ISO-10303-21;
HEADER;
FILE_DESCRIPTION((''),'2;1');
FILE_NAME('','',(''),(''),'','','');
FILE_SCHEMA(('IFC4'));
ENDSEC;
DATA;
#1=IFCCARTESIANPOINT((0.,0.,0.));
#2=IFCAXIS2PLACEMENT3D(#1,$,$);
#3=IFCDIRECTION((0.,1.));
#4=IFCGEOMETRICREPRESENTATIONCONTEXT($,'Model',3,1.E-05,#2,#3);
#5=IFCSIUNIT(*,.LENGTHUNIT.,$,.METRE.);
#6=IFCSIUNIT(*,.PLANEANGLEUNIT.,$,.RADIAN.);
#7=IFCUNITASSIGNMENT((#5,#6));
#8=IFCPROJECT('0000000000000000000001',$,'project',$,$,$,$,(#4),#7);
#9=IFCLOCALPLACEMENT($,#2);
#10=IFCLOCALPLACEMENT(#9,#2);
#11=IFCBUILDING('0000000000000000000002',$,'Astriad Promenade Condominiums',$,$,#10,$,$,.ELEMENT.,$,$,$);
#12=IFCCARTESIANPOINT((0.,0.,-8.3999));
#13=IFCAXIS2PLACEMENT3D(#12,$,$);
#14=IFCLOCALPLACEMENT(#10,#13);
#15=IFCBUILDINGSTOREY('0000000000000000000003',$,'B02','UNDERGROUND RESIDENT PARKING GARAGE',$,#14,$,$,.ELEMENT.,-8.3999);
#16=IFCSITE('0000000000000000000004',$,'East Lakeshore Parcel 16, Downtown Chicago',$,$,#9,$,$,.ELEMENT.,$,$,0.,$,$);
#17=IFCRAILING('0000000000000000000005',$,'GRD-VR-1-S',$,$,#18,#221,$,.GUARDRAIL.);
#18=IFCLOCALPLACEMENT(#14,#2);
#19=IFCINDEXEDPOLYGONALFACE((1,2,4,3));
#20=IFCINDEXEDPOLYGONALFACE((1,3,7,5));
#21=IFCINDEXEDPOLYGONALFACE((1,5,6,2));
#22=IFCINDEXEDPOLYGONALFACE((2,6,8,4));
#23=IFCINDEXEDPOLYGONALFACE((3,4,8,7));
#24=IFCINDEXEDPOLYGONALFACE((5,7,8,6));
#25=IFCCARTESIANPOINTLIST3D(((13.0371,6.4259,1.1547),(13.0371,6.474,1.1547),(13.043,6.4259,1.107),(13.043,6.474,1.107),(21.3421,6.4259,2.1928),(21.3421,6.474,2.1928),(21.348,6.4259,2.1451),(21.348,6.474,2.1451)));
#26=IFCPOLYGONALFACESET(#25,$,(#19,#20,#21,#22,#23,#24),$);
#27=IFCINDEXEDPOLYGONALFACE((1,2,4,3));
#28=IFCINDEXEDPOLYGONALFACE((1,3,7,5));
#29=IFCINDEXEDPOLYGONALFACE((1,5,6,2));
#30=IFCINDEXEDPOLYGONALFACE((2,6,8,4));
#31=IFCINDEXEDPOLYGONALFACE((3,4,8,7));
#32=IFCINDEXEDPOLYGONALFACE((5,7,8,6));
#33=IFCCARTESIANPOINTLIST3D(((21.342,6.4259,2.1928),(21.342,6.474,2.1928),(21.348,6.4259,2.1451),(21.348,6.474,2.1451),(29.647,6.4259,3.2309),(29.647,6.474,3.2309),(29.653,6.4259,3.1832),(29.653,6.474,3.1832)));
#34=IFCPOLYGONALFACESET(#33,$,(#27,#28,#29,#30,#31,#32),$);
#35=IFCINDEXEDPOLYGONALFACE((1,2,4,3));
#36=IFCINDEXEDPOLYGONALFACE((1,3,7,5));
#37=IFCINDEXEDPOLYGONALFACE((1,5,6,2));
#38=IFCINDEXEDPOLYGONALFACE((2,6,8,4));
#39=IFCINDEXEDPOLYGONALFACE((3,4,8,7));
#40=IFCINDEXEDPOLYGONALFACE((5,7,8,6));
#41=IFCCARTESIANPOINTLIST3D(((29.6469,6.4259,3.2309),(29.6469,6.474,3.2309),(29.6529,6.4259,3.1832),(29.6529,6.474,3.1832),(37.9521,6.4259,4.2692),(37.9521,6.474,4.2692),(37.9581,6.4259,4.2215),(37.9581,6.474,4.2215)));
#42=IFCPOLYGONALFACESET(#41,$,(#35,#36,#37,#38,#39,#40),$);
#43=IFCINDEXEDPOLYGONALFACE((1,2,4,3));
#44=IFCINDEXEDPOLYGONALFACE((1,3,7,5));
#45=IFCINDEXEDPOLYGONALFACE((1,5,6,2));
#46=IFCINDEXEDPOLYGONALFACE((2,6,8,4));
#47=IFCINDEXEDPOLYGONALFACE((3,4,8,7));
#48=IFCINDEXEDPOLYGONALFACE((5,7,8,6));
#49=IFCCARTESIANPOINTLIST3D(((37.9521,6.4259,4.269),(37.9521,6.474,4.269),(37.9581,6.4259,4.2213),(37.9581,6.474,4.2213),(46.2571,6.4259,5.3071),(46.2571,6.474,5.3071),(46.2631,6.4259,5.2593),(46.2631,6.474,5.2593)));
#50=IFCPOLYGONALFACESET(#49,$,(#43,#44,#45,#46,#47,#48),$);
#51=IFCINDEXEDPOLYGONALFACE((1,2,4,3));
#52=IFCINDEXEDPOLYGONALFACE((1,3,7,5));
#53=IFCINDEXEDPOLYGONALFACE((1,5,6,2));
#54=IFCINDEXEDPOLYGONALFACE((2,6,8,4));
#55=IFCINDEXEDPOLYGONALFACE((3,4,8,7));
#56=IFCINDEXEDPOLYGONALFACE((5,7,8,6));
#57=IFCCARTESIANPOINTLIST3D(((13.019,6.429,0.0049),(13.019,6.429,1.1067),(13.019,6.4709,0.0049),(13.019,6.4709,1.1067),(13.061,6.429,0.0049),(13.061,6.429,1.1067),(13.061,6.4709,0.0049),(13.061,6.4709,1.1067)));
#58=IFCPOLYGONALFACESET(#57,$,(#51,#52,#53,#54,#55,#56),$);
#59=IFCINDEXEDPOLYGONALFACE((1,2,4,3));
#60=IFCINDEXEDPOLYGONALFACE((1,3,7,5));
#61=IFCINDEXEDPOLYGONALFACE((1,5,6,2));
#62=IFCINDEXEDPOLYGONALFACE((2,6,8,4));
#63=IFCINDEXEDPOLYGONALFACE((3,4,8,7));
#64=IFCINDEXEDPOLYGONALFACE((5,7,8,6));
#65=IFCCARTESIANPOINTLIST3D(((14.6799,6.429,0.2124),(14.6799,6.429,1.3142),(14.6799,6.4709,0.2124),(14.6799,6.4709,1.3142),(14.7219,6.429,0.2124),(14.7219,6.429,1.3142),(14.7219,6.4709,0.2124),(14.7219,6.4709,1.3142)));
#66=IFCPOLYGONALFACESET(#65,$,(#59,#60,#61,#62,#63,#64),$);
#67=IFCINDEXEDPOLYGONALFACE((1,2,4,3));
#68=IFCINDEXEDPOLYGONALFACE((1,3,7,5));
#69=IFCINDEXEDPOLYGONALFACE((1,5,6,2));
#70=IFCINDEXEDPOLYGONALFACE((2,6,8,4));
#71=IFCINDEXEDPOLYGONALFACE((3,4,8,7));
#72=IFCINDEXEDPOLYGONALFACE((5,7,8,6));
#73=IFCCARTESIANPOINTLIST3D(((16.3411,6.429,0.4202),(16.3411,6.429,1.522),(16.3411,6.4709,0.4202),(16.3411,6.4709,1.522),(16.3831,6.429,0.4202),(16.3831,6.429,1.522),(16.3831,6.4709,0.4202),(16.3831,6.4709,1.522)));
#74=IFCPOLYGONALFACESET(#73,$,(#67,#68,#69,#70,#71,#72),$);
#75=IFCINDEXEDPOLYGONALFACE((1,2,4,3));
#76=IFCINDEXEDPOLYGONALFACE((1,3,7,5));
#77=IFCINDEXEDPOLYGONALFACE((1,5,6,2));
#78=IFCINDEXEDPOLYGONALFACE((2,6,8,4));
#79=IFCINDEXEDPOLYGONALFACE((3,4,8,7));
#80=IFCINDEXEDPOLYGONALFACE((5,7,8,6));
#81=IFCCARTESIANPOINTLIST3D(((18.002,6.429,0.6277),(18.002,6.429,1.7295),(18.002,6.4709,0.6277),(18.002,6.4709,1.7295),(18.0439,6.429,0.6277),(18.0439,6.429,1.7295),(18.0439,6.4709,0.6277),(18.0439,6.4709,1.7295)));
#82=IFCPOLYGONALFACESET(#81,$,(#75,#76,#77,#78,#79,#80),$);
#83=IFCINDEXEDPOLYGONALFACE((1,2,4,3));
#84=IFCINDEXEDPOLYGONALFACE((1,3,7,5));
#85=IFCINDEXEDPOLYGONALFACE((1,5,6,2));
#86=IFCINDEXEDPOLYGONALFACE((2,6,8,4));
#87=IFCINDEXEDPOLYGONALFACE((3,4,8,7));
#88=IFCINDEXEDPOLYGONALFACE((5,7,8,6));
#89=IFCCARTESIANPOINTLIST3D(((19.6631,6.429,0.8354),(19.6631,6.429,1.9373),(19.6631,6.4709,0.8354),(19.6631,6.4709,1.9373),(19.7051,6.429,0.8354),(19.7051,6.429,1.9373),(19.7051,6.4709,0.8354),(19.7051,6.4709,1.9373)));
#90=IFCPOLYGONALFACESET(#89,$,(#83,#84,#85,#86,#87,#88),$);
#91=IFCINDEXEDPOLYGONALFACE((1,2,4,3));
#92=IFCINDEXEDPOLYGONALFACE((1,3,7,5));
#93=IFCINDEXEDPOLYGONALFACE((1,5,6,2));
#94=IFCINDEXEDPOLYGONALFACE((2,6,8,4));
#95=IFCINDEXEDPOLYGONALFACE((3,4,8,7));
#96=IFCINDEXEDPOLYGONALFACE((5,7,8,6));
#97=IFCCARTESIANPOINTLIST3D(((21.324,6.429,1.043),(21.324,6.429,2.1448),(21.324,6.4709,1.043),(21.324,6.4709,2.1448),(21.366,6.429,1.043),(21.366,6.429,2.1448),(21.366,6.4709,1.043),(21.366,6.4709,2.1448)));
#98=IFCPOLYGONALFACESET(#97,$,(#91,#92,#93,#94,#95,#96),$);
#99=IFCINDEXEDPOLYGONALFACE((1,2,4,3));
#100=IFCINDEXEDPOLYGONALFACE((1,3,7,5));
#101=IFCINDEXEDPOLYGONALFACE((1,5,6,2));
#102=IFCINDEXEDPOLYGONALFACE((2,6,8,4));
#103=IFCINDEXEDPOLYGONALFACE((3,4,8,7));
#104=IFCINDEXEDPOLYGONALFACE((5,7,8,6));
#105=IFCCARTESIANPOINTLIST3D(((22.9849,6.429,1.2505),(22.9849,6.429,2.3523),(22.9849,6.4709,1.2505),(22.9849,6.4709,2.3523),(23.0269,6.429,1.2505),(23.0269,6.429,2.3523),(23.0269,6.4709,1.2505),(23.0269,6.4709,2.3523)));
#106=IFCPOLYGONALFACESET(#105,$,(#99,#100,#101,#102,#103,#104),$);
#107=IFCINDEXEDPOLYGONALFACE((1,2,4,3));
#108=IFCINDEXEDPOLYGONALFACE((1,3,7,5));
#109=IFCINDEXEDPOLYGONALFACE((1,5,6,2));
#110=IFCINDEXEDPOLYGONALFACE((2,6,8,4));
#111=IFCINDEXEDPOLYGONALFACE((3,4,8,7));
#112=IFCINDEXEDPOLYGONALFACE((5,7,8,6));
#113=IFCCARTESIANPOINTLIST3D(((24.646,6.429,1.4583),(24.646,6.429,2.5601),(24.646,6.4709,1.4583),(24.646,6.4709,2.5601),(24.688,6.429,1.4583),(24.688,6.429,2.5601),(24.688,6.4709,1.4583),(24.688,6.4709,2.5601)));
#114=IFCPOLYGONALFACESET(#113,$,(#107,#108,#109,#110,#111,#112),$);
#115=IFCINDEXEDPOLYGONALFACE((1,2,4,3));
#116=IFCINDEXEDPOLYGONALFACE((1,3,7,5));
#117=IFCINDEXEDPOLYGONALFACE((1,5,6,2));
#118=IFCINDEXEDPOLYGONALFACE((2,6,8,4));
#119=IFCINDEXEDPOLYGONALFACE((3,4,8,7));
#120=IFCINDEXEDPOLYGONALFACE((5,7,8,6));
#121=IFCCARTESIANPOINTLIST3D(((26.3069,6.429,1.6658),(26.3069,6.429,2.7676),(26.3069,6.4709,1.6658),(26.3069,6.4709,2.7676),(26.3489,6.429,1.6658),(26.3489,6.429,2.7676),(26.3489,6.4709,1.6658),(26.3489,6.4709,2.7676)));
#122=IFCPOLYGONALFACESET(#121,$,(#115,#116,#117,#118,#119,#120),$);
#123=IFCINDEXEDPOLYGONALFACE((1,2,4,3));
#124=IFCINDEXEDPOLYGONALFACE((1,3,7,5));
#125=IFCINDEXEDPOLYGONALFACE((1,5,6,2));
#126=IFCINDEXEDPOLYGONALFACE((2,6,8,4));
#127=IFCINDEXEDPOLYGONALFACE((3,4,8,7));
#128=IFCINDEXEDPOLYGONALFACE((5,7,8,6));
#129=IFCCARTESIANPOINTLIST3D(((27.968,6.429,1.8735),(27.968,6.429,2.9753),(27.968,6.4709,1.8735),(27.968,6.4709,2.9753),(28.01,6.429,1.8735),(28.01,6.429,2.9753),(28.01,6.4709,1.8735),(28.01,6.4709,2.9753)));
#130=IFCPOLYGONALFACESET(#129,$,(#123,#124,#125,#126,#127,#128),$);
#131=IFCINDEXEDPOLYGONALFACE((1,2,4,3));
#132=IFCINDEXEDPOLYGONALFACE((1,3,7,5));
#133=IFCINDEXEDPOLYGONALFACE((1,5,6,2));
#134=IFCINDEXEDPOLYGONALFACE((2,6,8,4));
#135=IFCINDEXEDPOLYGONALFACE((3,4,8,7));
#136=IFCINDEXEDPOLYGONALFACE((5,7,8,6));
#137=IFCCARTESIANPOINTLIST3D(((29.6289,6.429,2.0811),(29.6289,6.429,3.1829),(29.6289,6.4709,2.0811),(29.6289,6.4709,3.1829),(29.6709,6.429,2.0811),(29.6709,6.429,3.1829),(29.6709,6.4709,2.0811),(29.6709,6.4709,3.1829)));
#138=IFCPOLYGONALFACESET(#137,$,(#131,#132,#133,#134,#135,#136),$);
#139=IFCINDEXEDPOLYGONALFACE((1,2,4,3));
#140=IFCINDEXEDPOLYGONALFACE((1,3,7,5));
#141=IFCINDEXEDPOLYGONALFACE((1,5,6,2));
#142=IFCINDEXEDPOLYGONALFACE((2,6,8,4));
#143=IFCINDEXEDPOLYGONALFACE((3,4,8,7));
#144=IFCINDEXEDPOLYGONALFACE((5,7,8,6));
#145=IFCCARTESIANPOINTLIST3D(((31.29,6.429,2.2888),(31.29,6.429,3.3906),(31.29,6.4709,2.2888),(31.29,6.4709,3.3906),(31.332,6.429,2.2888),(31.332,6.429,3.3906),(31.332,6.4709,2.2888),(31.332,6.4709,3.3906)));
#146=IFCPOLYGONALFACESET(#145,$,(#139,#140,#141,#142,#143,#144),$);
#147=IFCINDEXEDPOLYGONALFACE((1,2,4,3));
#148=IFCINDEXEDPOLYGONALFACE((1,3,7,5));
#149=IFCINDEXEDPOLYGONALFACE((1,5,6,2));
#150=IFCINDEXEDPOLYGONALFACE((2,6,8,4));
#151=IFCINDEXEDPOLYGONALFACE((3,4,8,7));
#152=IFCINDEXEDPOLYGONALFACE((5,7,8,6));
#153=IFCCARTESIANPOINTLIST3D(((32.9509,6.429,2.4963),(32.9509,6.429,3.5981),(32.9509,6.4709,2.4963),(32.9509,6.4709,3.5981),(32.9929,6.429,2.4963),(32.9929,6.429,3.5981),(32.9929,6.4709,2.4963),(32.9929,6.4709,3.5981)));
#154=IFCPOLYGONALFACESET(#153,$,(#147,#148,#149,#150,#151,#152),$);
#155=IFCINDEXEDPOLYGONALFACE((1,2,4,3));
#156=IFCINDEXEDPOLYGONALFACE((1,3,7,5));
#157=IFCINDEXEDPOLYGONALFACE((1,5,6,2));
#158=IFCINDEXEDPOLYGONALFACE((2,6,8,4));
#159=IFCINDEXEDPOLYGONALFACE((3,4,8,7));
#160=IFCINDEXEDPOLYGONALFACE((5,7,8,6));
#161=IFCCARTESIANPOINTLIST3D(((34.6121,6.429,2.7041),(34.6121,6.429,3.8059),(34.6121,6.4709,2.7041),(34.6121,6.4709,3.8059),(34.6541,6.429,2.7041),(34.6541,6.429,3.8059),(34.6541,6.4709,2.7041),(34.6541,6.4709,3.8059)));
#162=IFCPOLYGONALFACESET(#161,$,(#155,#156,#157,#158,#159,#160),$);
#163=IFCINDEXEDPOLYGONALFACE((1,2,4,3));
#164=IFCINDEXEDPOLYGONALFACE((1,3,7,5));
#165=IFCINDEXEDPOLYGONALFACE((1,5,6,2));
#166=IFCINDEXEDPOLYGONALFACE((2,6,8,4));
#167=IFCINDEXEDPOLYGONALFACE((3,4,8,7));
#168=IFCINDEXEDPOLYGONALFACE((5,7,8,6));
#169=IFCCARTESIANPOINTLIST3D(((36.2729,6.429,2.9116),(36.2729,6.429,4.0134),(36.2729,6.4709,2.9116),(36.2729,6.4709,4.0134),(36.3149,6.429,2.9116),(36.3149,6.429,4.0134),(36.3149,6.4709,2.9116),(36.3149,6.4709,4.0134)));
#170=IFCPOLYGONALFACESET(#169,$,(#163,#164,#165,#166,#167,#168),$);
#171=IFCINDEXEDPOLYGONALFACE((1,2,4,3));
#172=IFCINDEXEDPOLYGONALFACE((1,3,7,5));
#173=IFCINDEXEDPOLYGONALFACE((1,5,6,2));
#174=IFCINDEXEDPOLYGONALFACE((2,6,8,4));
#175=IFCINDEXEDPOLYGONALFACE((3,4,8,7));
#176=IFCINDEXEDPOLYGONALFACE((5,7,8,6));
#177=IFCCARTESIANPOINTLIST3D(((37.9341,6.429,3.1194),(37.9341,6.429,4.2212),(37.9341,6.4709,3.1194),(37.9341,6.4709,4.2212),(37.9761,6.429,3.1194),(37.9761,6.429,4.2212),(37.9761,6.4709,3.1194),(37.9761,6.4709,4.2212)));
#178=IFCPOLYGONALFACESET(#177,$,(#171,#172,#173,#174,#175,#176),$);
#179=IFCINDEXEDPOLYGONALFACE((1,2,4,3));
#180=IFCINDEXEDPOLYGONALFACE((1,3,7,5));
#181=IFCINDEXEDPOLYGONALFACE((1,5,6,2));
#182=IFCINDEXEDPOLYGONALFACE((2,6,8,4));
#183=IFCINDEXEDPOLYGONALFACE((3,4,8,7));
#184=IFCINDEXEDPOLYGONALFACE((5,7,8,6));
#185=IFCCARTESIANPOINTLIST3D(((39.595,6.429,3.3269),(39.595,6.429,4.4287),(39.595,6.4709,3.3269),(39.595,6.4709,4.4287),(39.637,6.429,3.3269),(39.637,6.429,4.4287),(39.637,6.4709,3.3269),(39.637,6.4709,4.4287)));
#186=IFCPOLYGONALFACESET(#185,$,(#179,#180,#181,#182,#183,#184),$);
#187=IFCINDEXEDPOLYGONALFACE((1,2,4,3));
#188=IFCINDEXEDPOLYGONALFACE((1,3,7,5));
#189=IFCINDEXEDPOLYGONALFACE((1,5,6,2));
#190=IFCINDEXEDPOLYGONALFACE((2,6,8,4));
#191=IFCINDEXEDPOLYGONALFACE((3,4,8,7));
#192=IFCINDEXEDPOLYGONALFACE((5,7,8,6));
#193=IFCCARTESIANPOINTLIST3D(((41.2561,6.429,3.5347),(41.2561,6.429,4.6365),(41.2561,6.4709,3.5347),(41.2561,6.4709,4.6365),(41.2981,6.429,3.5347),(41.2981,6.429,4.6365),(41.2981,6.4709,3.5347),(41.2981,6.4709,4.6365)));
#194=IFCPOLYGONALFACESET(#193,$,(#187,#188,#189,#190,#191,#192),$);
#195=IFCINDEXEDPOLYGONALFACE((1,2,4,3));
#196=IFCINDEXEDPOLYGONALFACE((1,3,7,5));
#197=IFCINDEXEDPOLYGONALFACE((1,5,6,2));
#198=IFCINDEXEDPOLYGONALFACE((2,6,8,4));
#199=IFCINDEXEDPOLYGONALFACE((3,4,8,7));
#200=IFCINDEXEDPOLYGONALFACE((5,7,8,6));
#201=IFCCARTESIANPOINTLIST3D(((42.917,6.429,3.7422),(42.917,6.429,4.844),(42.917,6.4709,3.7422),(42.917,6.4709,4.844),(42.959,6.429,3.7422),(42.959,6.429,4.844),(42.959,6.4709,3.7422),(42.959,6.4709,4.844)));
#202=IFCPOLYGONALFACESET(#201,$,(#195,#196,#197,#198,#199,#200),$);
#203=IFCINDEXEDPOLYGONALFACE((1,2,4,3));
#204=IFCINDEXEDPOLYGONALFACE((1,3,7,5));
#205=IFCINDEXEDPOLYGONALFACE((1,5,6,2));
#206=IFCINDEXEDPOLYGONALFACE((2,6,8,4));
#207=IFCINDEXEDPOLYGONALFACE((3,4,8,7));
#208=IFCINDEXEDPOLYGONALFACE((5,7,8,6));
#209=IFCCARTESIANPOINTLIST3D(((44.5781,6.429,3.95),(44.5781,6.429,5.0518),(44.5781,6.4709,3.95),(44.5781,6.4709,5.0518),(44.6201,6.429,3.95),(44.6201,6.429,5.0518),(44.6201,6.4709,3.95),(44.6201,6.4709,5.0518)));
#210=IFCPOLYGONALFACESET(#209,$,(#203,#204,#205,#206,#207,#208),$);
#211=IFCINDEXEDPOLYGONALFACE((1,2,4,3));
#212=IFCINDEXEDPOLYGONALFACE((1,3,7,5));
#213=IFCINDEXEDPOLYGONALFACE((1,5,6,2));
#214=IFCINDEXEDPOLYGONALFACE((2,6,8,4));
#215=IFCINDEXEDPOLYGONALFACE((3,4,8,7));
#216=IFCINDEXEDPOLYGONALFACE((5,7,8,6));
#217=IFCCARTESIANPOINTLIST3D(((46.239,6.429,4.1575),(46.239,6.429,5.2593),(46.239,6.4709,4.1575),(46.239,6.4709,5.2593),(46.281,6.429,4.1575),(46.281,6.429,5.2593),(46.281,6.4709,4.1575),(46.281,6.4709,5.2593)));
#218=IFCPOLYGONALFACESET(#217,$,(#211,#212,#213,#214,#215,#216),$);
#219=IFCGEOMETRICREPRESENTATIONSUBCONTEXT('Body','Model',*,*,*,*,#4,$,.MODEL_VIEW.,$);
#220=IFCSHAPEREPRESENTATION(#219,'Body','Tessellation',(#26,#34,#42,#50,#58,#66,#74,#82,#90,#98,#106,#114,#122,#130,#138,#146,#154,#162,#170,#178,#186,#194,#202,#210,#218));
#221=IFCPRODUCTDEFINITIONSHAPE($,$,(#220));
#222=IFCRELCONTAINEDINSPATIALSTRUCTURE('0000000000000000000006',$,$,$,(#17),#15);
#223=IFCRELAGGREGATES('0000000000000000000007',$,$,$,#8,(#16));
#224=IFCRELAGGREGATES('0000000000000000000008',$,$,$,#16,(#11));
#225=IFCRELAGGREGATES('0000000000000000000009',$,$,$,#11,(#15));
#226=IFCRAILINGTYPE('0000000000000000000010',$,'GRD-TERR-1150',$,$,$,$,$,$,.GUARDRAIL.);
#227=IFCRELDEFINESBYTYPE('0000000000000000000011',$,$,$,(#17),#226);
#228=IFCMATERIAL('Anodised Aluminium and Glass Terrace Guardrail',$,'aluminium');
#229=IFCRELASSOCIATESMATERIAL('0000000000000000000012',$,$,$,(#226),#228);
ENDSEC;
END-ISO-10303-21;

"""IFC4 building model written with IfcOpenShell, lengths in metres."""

from ifc_helpers import new_model, si_unit, direction, frame, origin, origin_2d, place, context, subcontext, project, spatial, rectangle, extrude, source, transform, mapped, material, type_object, type_shapes, element, save


model = new_model("IFC4")

# Units and contexts
model_context = context("Model", 3, precision=1e-05, world=origin(), true_north=direction((0.0, 1.0)))
body_context = subcontext(model_context, "Body", "Model", "MODEL_VIEW")
ifc_project = project(units=[si_unit("LENGTHUNIT", "METRE"), si_unit("PLANEANGLEUNIT", "RADIAN")], contexts=[model_context])

# Site, building, storey
site_placement = place(None, origin())
site = spatial("IfcSite", under=ifc_project, at=site_placement, Name="East Lakeshore Parcel 16, Downtown Chicago", CompositionType="ELEMENT", RefElevation=0.0)
building_placement = place(site_placement, origin())
building = spatial("IfcBuilding", under=site, at=building_placement, Name="Astriad Promenade Condominiums", CompositionType="ELEMENT")
storey_placement = place(building_placement, frame((0.0, 0.0, -8.3999)))
storey = spatial("IfcBuildingStorey", under=building, at=storey_placement, Name="B02", Description="UNDERGROUND RESIDENT PARKING GARAGE", CompositionType="ELEMENT", Elevation=-8.3999)

# Railing
ifc_material_1 = material(Name="Anodised Aluminium and Glass Terrace Guardrail", Category="aluminium")
railing_type = type_object("IfcRailingType", Name="GRD-TERR-1150", PredefinedType="GUARDRAIL", material=ifc_material_1)
shared_shape_1 = source(origin(), body_context, "Body", "SweptSolid", [
    extrude(rectangle(XDim=0.0481, YDim=0.0481, at=origin_2d()), frame((0.0, 0.0, 1.126), z_axis=(0.992278, 0.0, 0.124031), x_axis=(0.0, 1.0, 0.0)), (0.0, 0.0, 1.0), 8.3696),
    extrude(rectangle(XDim=0.0481, YDim=0.0481, at=origin_2d()), frame((8.3049, 0.0, 2.1641), z_axis=(0.992278, 0.0, 0.124031), x_axis=(0.0, 1.0, 0.0)), (0.0, 0.0, 1.0), 8.3696),
    extrude(rectangle(XDim=0.0481, YDim=0.0481, at=origin_2d()), frame((16.6099, 0.0, 3.2021), z_axis=(0.992275, 0.0, 0.124056), x_axis=(0.0, 1.0, 0.0)), (0.0, 0.0, 1.0), 8.3699),
    extrude(rectangle(XDim=0.0481, YDim=0.0481, at=origin_2d()), frame((24.915, 0.0, 4.2402), z_axis=(0.992278, 0.0, 0.124031), x_axis=(0.0, 1.0, 0.0)), (0.0, 0.0, 1.0), 8.3696),
    extrude(rectangle(XDim=0.042, YDim=0.042, at=origin_2d()), origin(), (0.0, 0.0, 1.0), 1.1018),
    extrude(rectangle(XDim=0.042, YDim=0.042, at=origin_2d()), frame((1.6609, 0.0, 0.2075)), (0.0, 0.0, 1.0), 1.1018),
    extrude(rectangle(XDim=0.042, YDim=0.042, at=origin_2d()), frame((3.322, 0.0, 0.4153)), (0.0, 0.0, 1.0), 1.1018),
    extrude(rectangle(XDim=0.042, YDim=0.042, at=origin_2d()), frame((4.9829, 0.0, 0.6228)), (0.0, 0.0, 1.0), 1.1018),
    extrude(rectangle(XDim=0.042, YDim=0.042, at=origin_2d()), frame((6.644, 0.0, 0.8306)), (0.0, 0.0, 1.0), 1.1018),
    extrude(rectangle(XDim=0.042, YDim=0.042, at=origin_2d()), frame((8.3049, 0.0, 1.0381)), (0.0, 0.0, 1.0), 1.1018),
    extrude(rectangle(XDim=0.042, YDim=0.042, at=origin_2d()), frame((9.9658, 0.0, 1.2456)), (0.0, 0.0, 1.0), 1.1018),
    extrude(rectangle(XDim=0.042, YDim=0.042, at=origin_2d()), frame((11.627, 0.0, 1.4534)), (0.0, 0.0, 1.0), 1.1018),
    extrude(rectangle(XDim=0.042, YDim=0.042, at=origin_2d()), frame((13.2878, 0.0, 1.6609)), (0.0, 0.0, 1.0), 1.1018),
    extrude(rectangle(XDim=0.042, YDim=0.042, at=origin_2d()), frame((14.949, 0.0, 1.8687)), (0.0, 0.0, 1.0), 1.1018),
    extrude(rectangle(XDim=0.042, YDim=0.042, at=origin_2d()), frame((16.6099, 0.0, 2.0762)), (0.0, 0.0, 1.0), 1.1018),
    extrude(rectangle(XDim=0.042, YDim=0.042, at=origin_2d()), frame((18.271, 0.0, 2.2839)), (0.0, 0.0, 1.0), 1.1018),
    extrude(rectangle(XDim=0.042, YDim=0.042, at=origin_2d()), frame((19.9319, 0.0, 2.4915)), (0.0, 0.0, 1.0), 1.1018),
    extrude(rectangle(XDim=0.042, YDim=0.042, at=origin_2d()), frame((21.593, 0.0, 2.6992)), (0.0, 0.0, 1.0), 1.1018),
    extrude(rectangle(XDim=0.042, YDim=0.042, at=origin_2d()), frame((23.2539, 0.0, 2.9067)), (0.0, 0.0, 1.0), 1.1018),
    extrude(rectangle(XDim=0.042, YDim=0.042, at=origin_2d()), frame((24.915, 0.0, 3.1145)), (0.0, 0.0, 1.0), 1.1018),
    extrude(rectangle(XDim=0.042, YDim=0.042, at=origin_2d()), frame((26.5759, 0.0, 3.322)), (0.0, 0.0, 1.0), 1.1018),
    extrude(rectangle(XDim=0.042, YDim=0.042, at=origin_2d()), frame((28.2371, 0.0, 3.5298)), (0.0, 0.0, 1.0), 1.1018),
    extrude(rectangle(XDim=0.042, YDim=0.042, at=origin_2d()), frame((29.8979, 0.0, 3.7373)), (0.0, 0.0, 1.0), 1.1018),
    extrude(rectangle(XDim=0.042, YDim=0.042, at=origin_2d()), frame((31.5591, 0.0, 3.9451)), (0.0, 0.0, 1.0), 1.1018),
    extrude(rectangle(XDim=0.042, YDim=0.042, at=origin_2d()), frame((33.22, 0.0, 4.1526)), (0.0, 0.0, 1.0), 1.1018),
])
type_shapes(railing_type, [shared_shape_1])
railing_placement = place(storey_placement, frame((13.04, 6.45, 0.0049)))
element("IfcRailing", 1, at=railing_placement, inside=storey, type_object=railing_type, Name="GRD-VR-1-S", PredefinedType="GUARDRAIL", context=body_context, shape_type="MappedRepresentation", body=[
    mapped(shared_shape_1, transform((0.0, 0.0, 0.0), scale=1.0)),
])

save(model, "model.ifc")
